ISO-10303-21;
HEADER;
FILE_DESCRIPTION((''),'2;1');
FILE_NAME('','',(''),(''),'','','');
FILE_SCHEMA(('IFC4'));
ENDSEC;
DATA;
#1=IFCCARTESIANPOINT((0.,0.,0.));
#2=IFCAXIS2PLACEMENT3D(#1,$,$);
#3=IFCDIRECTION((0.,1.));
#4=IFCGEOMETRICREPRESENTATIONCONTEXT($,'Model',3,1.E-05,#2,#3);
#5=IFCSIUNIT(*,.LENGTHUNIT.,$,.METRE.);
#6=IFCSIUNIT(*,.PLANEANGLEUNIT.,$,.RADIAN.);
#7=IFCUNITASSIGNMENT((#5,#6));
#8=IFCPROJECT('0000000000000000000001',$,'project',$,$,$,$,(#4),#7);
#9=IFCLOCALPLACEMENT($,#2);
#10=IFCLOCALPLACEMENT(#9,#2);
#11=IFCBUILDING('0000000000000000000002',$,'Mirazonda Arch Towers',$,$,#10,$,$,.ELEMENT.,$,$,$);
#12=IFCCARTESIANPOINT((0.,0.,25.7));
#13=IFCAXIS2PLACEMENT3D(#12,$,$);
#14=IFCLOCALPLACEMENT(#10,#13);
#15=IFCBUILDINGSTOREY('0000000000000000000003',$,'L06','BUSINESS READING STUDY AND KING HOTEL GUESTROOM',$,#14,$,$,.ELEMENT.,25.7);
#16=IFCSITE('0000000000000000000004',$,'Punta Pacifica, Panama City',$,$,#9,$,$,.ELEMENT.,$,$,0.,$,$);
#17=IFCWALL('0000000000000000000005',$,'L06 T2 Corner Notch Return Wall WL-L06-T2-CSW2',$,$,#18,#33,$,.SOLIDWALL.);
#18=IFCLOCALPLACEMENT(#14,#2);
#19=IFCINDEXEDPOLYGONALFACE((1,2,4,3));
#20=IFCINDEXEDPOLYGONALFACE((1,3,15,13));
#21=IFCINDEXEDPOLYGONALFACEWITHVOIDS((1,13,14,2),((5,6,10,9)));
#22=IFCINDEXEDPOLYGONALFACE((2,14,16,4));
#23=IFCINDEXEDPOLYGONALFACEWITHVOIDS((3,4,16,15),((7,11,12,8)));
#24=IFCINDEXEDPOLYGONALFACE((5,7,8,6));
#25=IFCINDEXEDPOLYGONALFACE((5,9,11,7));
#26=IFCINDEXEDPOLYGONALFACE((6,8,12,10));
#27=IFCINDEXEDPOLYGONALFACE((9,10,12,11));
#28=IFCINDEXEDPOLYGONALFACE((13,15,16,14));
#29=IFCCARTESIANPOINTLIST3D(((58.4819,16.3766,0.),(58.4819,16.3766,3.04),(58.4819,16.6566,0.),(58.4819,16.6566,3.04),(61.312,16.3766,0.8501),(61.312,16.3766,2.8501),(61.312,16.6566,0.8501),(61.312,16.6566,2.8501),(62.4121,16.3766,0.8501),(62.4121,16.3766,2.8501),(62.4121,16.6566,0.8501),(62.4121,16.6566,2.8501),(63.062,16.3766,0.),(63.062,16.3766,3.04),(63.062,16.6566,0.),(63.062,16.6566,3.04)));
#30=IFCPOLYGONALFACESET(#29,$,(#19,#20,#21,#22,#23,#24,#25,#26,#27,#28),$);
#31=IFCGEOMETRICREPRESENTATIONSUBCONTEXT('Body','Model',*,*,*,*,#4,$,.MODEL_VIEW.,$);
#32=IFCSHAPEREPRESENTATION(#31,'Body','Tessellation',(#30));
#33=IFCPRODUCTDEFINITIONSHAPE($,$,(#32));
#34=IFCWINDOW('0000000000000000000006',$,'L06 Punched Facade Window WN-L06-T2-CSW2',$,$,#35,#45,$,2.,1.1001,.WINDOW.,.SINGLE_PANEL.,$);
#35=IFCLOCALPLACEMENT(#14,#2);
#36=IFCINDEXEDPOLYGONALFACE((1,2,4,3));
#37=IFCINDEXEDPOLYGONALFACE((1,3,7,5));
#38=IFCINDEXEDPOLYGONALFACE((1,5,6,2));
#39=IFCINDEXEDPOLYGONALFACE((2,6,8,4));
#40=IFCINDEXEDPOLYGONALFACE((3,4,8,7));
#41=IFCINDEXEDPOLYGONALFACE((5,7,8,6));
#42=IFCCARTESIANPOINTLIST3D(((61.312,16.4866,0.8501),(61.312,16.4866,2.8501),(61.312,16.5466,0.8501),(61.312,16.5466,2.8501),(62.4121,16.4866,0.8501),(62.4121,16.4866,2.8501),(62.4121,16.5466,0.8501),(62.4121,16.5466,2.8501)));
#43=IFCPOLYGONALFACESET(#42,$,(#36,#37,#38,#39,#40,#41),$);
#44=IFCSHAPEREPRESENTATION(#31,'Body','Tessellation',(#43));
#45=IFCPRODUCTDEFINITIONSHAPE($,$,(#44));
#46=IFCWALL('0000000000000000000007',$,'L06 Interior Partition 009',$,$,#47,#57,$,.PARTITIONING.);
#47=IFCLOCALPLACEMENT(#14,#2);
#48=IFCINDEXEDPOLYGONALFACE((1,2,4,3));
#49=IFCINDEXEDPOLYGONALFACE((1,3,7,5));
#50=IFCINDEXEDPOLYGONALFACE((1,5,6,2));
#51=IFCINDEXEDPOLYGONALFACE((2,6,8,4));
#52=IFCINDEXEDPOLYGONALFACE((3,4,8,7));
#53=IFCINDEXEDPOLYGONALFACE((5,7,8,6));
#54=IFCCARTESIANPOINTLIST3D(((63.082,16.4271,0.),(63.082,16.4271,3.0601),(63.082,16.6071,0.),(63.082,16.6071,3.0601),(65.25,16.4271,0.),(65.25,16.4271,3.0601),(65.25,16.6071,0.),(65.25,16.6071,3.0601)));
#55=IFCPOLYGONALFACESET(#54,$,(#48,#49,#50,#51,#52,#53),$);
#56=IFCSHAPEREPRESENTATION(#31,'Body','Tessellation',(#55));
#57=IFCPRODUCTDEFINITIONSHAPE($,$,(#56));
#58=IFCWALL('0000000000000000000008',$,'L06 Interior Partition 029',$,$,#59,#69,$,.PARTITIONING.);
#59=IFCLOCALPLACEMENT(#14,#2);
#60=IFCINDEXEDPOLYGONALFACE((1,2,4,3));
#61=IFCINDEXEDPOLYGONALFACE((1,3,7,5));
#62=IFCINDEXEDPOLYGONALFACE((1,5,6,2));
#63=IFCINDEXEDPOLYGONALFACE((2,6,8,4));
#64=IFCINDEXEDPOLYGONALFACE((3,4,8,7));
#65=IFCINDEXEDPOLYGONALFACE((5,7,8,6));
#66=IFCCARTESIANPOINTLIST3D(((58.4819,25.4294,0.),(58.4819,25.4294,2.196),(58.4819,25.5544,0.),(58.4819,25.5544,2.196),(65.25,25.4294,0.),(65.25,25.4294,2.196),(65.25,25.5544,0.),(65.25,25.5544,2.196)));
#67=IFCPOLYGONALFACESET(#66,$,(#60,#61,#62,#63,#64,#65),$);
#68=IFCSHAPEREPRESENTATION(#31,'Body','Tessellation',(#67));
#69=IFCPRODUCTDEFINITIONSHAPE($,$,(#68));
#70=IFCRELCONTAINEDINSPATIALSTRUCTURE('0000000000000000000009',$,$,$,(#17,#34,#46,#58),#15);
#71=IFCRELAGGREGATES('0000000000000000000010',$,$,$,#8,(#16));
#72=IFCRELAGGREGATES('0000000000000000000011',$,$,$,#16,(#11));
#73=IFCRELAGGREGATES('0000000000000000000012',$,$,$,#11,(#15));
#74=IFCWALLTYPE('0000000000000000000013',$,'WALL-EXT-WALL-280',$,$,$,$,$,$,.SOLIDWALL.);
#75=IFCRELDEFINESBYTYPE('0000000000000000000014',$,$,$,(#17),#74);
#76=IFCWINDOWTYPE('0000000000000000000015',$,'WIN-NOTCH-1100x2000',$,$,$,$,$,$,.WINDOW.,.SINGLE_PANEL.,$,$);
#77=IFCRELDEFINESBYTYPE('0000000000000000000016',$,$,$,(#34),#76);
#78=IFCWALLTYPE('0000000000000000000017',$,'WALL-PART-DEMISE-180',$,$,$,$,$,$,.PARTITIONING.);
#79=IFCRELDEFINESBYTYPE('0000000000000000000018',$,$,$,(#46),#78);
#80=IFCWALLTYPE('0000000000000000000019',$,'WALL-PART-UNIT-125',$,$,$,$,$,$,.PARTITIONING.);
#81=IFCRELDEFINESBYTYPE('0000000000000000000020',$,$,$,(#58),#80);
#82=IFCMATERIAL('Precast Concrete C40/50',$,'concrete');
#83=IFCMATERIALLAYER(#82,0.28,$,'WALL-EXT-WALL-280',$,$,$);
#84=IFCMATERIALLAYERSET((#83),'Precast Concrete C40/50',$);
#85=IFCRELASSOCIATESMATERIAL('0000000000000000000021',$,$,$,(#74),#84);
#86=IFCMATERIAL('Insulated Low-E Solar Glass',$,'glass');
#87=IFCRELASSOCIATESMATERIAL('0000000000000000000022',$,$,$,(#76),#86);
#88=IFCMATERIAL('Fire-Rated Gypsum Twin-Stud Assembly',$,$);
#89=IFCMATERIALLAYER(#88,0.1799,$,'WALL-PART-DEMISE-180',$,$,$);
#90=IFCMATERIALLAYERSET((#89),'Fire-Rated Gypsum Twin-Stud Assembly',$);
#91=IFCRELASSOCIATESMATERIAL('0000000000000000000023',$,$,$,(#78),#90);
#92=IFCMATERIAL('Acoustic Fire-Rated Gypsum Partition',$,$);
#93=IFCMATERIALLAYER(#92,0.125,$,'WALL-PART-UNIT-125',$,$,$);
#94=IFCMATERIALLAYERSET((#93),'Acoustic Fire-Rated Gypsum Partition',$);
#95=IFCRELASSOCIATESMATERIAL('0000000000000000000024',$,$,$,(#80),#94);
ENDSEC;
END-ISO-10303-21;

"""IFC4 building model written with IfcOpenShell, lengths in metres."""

from ifc_helpers import new_model, si_unit, direction, frame, frame_2d, origin, place, context, subcontext, project, spatial, rectangle, extrude, material, layer, layer_set, type_object, element, fill, save


model = new_model("IFC4")

# Units and contexts
model_context = context("Model", 3, precision=1e-05, world=origin(), true_north=direction((0.0, 1.0)))
body_context = subcontext(model_context, "Body", "Model", "MODEL_VIEW")
ifc_project = project(units=[si_unit("LENGTHUNIT", "METRE"), si_unit("PLANEANGLEUNIT", "RADIAN")], contexts=[model_context])

# Site, building, storey
site_placement = place(None, origin())
site = spatial("IfcSite", under=ifc_project, at=site_placement, Name="Punta Pacifica, Panama City", CompositionType="ELEMENT", RefElevation=0.0)
building_placement = place(site_placement, origin())
building = spatial("IfcBuilding", under=site, at=building_placement, Name="Mirazonda Arch Towers", CompositionType="ELEMENT")
storey_placement = place(building_placement, frame((0.0, 0.0, 25.7)))
storey = spatial("IfcBuildingStorey", under=building, at=storey_placement, Name="L06", Description="BUSINESS READING STUDY AND KING HOTEL GUESTROOM", CompositionType="ELEMENT", Elevation=25.7)

# Shared definitions
ifc_material_1 = material(Name="Insulated Low-E Solar Glass", Category="glass")

# Wall, opening, window
ifc_material_2 = material(Name="Precast Concrete C40/50", Category="concrete")
ifc_layer_1 = layer(ifc_material_2, 0.28, Name="WALL-EXT-WALL-280")
ifc_layer_set_1 = layer_set([ifc_layer_1], Name="Precast Concrete C40/50")
wall_type_1 = type_object("IfcWallType", Name="WALL-EXT-WALL-280", PredefinedType="SOLIDWALL", material=ifc_layer_set_1)
wall_1_placement = place(storey_placement, frame((58.4819, 16.5166, 0.0), z_axis=(0.0, 0.0, 1.0), x_axis=(1.0, 0.0, 0.0)))
wall_1 = element("IfcWall", 1, at=wall_1_placement, inside=storey, type_object=wall_type_1, Name="L06 T2 Corner Notch Return Wall WL-L06-T2-CSW2", PredefinedType="SOLIDWALL", context=body_context, shape_type="SweptSolid", body=[
    extrude(rectangle(XDim=4.5801, YDim=0.28, at=frame_2d((2.29, 0.0))), origin(), (0.0, 0.0, 1.0), 3.04),
])
opening_1_placement = place(wall_1_placement, frame((2.8301, 0.0, 0.8501)))
opening_1 = element("IfcOpeningElement", 2, at=opening_1_placement, cuts=wall_1, PredefinedType="OPENING", context=body_context, shape_type="SweptSolid", body=[
    extrude(rectangle(XDim=1.1001, YDim=2.0, at=frame_2d((0.55, 1.0))), frame((0.0, 0.1499, 0.0), z_axis=(0.0, -1.0, 0.0), x_axis=(1.0, 0.0, 0.0)), (0.0, 0.0, 1.0), 0.3),
])
window_type_1 = type_object("IfcWindowType", Name="WIN-NOTCH-1100x2000", PartitioningType="SINGLE_PANEL", PredefinedType="WINDOW", material=ifc_material_1)
window_1_placement = place(opening_1_placement, origin())
window_1 = element("IfcWindow", 3, at=window_1_placement, inside=storey, type_object=window_type_1, Name="L06 Punched Facade Window WN-L06-T2-CSW2", OverallHeight=2.0, OverallWidth=1.1001, PartitioningType="SINGLE_PANEL", PredefinedType="WINDOW", context=body_context, shape_type="SweptSolid", body=[
    extrude(rectangle(XDim=1.1001, YDim=2.0, at=frame_2d((0.55, 1.0))), frame((0.0, 0.03, 0.0), z_axis=(0.0, -1.0, 0.0), x_axis=(1.0, 0.0, 0.0)), (0.0, 0.0, 1.0), 0.0601),
])
fill(opening_1, window_1)

# Wall
ifc_material_3 = material(Name="Fire-Rated Gypsum Twin-Stud Assembly")
ifc_layer_2 = layer(ifc_material_3, 0.1799, Name="WALL-PART-DEMISE-180")
ifc_layer_set_2 = layer_set([ifc_layer_2], Name="Fire-Rated Gypsum Twin-Stud Assembly")
wall_type_2 = type_object("IfcWallType", Name="WALL-PART-DEMISE-180", PredefinedType="PARTITIONING", material=ifc_layer_set_2)
wall_2_placement = place(storey_placement, frame((63.082, 16.5171, 0.0), z_axis=(0.0, 0.0, 1.0), x_axis=(1.0, 0.0, 0.0)))
element("IfcWall", 4, at=wall_2_placement, inside=storey, type_object=wall_type_2, Name="L06 Interior Partition 009", PredefinedType="PARTITIONING", context=body_context, shape_type="SweptSolid", body=[
    extrude(rectangle(XDim=2.168, YDim=0.1799, at=frame_2d((1.084, 0.0))), origin(), (0.0, 0.0, 1.0), 3.0601),
])

# Wall
ifc_material_4 = material(Name="Acoustic Fire-Rated Gypsum Partition")
ifc_layer_3 = layer(ifc_material_4, 0.125, Name="WALL-PART-UNIT-125")
ifc_layer_set_3 = layer_set([ifc_layer_3], Name="Acoustic Fire-Rated Gypsum Partition")
wall_type_3 = type_object("IfcWallType", Name="WALL-PART-UNIT-125", PredefinedType="PARTITIONING", material=ifc_layer_set_3)
wall_3_placement = place(storey_placement, frame((58.4819, 25.4919, 0.0), z_axis=(0.0, 0.0, 1.0), x_axis=(1.0, 0.0, 0.0)))
element("IfcWall", 5, at=wall_3_placement, inside=storey, type_object=wall_type_3, Name="L06 Interior Partition 029", PredefinedType="PARTITIONING", context=body_context, shape_type="SweptSolid", body=[
    extrude(rectangle(XDim=6.7681, YDim=0.125, at=frame_2d((3.384, 0.0))), origin(), (0.0, 0.0, 1.0), 2.196),
])

save(model, "model.ifc")
